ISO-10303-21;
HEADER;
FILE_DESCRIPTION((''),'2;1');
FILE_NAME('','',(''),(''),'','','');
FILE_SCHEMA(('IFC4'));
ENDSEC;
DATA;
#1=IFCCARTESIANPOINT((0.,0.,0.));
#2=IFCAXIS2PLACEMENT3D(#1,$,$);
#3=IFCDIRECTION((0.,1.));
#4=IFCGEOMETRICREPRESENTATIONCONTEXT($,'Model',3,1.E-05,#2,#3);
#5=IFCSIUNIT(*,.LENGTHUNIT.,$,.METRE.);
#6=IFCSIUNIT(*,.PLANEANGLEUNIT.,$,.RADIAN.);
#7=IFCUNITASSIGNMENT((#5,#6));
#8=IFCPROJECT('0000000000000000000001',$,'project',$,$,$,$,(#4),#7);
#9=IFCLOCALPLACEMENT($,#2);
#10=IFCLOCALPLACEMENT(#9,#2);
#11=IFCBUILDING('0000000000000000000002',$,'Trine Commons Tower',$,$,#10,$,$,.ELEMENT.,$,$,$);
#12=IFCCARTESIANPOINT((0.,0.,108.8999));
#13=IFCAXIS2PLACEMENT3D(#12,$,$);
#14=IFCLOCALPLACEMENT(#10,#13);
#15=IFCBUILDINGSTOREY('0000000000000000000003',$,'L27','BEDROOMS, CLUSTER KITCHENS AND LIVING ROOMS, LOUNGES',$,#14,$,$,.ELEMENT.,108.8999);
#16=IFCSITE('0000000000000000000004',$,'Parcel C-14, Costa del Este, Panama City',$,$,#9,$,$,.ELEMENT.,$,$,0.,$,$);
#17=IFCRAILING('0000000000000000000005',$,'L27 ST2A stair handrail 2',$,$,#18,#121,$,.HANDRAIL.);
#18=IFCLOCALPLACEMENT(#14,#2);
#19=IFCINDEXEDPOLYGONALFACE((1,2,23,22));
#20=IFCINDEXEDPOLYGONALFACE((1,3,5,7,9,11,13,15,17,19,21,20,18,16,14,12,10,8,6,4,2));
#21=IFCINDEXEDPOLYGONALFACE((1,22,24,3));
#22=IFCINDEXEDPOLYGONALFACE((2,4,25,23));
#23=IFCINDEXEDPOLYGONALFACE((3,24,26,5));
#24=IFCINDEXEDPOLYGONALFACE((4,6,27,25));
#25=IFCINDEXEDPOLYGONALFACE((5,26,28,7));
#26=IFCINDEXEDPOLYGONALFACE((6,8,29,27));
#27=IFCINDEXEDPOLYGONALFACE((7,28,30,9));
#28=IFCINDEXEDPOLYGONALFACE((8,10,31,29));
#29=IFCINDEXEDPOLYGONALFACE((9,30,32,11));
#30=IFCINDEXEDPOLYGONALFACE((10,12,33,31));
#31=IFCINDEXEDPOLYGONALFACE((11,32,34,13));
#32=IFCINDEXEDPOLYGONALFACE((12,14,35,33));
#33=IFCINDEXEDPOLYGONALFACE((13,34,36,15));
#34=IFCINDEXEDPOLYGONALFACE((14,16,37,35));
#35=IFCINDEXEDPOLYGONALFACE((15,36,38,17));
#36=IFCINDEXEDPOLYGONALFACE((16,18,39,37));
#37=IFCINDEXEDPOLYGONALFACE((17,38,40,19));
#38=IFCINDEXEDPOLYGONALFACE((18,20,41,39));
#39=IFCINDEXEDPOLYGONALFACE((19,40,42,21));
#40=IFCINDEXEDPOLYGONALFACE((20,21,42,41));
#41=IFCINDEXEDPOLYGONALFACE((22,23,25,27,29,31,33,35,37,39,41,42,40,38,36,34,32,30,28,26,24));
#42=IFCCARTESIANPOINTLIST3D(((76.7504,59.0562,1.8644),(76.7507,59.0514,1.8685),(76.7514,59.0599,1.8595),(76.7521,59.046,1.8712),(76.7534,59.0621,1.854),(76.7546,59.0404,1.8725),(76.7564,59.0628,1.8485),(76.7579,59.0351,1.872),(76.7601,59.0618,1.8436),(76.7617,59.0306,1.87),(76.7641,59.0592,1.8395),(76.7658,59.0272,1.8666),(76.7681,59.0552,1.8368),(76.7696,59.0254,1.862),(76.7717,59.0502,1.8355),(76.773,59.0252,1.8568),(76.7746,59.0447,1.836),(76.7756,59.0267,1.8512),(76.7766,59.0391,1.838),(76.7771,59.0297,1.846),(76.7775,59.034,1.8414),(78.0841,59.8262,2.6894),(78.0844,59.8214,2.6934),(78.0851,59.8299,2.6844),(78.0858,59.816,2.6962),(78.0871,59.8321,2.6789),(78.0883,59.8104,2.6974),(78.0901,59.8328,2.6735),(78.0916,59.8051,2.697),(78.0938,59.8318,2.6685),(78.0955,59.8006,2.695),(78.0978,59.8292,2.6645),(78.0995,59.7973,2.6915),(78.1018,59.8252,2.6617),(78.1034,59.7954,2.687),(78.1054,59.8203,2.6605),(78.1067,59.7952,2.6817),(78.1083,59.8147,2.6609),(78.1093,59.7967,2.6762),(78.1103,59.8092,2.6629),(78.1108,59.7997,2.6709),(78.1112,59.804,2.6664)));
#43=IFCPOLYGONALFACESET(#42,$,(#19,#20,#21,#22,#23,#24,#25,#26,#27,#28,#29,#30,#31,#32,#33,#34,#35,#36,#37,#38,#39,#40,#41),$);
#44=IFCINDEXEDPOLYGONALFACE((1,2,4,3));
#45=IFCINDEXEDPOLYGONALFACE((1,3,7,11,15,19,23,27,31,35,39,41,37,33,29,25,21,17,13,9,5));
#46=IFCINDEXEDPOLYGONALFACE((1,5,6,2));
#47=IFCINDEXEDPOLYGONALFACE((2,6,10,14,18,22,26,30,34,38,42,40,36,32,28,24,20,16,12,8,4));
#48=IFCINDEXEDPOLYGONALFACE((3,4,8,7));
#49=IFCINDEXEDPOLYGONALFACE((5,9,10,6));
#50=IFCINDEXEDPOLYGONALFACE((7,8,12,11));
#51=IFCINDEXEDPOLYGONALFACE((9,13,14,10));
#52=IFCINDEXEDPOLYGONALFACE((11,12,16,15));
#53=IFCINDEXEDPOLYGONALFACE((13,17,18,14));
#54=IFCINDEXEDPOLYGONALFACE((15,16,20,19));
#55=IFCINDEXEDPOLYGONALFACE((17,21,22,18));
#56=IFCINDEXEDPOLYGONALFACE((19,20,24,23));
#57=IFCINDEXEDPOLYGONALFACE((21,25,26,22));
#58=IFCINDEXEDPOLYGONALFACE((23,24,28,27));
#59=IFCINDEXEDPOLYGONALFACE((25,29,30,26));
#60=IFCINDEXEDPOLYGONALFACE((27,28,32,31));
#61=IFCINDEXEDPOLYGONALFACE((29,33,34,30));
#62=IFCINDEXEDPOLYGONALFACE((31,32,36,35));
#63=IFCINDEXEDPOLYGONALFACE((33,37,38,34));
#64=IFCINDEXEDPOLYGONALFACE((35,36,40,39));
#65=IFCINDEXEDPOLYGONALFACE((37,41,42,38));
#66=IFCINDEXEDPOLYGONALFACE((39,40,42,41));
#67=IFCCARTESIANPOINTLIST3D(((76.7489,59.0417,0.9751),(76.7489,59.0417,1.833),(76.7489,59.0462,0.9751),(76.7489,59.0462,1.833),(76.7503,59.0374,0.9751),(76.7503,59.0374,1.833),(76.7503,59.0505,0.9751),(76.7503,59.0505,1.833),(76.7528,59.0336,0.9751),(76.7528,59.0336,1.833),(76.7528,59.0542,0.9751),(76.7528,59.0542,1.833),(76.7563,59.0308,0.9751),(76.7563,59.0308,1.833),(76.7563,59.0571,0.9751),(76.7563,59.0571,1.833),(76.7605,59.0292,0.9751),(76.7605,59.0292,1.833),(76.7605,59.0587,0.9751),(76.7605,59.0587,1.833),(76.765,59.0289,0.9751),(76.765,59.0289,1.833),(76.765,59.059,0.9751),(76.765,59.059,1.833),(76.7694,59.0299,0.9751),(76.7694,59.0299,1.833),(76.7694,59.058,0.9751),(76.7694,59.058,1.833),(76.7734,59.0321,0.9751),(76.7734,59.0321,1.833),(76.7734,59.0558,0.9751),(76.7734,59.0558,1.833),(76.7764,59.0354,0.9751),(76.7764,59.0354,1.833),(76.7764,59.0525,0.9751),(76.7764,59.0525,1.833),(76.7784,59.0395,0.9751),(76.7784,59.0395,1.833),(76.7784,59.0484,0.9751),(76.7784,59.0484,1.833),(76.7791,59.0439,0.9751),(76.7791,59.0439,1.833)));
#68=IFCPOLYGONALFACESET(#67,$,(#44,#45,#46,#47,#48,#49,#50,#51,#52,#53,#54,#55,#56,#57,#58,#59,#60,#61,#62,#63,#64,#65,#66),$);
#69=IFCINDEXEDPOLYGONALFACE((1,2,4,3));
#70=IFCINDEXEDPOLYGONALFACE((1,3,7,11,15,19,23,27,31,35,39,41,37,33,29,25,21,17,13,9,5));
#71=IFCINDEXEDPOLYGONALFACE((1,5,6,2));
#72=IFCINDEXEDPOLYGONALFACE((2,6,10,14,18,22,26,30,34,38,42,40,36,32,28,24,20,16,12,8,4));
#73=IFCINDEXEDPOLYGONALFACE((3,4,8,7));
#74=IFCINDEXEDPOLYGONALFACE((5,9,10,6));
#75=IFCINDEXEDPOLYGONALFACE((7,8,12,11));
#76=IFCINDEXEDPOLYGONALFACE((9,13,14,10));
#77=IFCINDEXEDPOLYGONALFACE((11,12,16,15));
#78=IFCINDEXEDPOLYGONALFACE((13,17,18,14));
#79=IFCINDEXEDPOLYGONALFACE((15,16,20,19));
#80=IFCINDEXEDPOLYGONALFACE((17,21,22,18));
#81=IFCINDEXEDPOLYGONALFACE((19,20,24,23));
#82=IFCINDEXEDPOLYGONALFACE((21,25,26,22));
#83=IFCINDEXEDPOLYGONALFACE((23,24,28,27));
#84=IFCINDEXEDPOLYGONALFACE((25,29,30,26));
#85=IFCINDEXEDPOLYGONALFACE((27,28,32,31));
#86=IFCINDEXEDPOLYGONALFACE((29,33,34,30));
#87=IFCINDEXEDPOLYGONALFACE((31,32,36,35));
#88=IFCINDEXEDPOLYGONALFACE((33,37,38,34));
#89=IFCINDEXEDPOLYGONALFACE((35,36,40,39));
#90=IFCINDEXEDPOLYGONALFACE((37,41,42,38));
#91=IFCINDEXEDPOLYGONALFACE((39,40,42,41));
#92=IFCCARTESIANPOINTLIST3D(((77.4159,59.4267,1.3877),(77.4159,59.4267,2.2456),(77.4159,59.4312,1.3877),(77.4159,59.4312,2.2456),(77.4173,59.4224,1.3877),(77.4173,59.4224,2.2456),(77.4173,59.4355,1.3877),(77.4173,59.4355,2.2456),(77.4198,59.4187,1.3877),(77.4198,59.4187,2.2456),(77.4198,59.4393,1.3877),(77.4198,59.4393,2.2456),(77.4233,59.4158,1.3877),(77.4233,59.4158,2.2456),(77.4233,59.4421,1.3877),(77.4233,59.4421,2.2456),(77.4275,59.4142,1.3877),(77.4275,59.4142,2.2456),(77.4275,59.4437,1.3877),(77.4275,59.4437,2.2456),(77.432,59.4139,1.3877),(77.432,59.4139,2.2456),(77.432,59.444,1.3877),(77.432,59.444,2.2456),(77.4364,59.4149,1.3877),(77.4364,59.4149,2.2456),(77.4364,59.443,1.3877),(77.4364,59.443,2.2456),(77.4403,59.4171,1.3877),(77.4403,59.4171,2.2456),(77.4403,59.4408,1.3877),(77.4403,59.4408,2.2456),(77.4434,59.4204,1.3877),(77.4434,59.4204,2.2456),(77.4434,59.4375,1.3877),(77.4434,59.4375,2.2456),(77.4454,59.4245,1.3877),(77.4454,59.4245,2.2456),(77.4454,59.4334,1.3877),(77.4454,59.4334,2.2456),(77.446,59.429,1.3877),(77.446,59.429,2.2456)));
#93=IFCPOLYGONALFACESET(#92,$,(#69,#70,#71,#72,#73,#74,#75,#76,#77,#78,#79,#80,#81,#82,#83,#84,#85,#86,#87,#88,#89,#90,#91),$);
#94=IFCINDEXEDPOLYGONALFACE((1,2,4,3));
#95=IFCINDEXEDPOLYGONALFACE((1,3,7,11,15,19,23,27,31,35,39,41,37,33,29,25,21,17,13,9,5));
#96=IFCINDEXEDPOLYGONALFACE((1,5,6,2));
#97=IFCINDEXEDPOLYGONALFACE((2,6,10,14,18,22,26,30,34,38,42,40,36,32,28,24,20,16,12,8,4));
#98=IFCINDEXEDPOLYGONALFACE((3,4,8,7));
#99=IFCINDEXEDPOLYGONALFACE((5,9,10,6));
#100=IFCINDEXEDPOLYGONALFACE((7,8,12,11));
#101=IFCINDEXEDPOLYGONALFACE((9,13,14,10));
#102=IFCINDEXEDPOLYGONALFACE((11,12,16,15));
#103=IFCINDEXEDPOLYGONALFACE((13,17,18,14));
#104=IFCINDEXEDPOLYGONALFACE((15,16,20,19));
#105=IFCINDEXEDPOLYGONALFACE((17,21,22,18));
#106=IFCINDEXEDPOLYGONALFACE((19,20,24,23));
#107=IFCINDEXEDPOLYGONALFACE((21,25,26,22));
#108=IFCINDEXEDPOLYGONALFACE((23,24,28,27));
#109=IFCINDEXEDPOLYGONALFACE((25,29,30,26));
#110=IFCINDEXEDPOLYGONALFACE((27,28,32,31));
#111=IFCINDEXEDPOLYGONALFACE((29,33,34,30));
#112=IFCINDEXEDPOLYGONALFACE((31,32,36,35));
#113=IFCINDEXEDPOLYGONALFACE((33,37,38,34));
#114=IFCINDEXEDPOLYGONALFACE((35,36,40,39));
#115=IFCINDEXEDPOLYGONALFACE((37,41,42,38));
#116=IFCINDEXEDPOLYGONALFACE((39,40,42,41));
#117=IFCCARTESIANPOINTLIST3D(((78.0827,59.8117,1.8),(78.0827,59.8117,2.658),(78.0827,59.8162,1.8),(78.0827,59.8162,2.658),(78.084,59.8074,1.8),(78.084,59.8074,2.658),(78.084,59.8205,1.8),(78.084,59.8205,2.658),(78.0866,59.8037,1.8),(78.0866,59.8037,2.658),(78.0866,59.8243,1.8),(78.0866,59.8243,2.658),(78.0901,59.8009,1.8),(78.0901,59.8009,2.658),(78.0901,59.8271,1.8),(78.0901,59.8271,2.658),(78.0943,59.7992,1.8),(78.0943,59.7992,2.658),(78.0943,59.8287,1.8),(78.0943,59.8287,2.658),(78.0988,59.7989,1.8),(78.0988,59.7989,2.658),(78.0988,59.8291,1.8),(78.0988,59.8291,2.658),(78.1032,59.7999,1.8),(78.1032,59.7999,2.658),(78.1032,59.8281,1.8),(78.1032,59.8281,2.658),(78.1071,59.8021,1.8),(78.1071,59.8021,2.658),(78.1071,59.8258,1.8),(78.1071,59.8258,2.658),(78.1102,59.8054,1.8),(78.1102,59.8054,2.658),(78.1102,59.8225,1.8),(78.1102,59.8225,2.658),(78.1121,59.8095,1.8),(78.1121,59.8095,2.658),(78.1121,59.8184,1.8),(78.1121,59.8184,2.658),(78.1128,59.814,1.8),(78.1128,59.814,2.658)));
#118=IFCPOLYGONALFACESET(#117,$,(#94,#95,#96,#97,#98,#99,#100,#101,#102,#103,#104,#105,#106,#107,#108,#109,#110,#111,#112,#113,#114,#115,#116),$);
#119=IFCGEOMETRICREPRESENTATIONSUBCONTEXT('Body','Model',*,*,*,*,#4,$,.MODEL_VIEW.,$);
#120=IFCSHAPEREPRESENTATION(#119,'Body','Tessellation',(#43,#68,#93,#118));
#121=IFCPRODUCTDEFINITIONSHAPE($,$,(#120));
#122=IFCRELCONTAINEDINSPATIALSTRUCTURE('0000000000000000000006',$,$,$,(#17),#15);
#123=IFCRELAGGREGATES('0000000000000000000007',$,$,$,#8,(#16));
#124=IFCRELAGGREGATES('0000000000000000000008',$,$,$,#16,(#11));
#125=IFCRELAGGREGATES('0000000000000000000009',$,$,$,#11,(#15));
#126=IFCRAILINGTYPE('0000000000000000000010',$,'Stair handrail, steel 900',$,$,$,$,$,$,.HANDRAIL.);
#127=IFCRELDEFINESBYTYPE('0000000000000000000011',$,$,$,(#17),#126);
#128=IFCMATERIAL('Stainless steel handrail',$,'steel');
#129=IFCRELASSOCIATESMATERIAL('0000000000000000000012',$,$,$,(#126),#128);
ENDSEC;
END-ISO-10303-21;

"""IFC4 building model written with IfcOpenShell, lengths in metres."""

from ifc_helpers import new_model, si_unit, direction, frame, origin, origin_2d, place, context, subcontext, project, spatial, circle, extrude, material, type_object, element, save


model = new_model("IFC4")

# Units and contexts
model_context = context("Model", 3, precision=1e-05, world=origin(), true_north=direction((0.0, 1.0)))
body_context = subcontext(model_context, "Body", "Model", "MODEL_VIEW")
ifc_project = project(units=[si_unit("LENGTHUNIT", "METRE"), si_unit("PLANEANGLEUNIT", "RADIAN")], contexts=[model_context])

# Site, building, storey
site_placement = place(None, origin())
site = spatial("IfcSite", under=ifc_project, at=site_placement, Name="Parcel C-14, Costa del Este, Panama City", CompositionType="ELEMENT", RefElevation=0.0)
building_placement = place(site_placement, origin())
building = spatial("IfcBuilding", under=site, at=building_placement, Name="Trine Commons Tower", CompositionType="ELEMENT")
storey_placement = place(building_placement, frame((0.0, 0.0, 108.8999)))
storey = spatial("IfcBuildingStorey", under=building, at=storey_placement, Name="L27", Description="BEDROOMS, CLUSTER KITCHENS AND LIVING ROOMS, LOUNGES", CompositionType="ELEMENT", Elevation=108.8999)

# Railing
ifc_material_1 = material(Name="Stainless steel handrail", Category="steel")
railing_type_1 = type_object("IfcRailingType", Name="Stair handrail, steel 900", PredefinedType="HANDRAIL", material=ifc_material_1)
railing_1_placement = place(storey_placement, frame((76.7639, 59.0439, 0.9751)))
element("IfcRailing", 1, at=railing_1_placement, inside=storey, type_object=railing_type_1, Name="L27 ST2A stair handrail 2", PredefinedType="HANDRAIL", context=body_context, shape_type="SweptSolid", body=[
    extrude(circle(Radius=0.021, at=origin_2d()), frame((0.0, 0.0, 0.8789), z_axis=(0.763405, 0.440743, 0.472185), x_axis=(-0.499992, 0.86603, 0.0)), (0.0, 0.0, 1.0), 1.7471),
    extrude(circle(Radius=0.0151, at=origin_2d()), origin(), (0.0, 0.0, 1.0), 0.8579),
    extrude(circle(Radius=0.0151, at=origin_2d()), frame((0.667, 0.385, 0.4126)), (0.0, 0.0, 1.0), 0.8579),
    extrude(circle(Radius=0.0151, at=origin_2d()), frame((1.3337, 0.77, 0.825)), (0.0, 0.0, 1.0), 0.8579),
])

save(model, "model.ifc")
